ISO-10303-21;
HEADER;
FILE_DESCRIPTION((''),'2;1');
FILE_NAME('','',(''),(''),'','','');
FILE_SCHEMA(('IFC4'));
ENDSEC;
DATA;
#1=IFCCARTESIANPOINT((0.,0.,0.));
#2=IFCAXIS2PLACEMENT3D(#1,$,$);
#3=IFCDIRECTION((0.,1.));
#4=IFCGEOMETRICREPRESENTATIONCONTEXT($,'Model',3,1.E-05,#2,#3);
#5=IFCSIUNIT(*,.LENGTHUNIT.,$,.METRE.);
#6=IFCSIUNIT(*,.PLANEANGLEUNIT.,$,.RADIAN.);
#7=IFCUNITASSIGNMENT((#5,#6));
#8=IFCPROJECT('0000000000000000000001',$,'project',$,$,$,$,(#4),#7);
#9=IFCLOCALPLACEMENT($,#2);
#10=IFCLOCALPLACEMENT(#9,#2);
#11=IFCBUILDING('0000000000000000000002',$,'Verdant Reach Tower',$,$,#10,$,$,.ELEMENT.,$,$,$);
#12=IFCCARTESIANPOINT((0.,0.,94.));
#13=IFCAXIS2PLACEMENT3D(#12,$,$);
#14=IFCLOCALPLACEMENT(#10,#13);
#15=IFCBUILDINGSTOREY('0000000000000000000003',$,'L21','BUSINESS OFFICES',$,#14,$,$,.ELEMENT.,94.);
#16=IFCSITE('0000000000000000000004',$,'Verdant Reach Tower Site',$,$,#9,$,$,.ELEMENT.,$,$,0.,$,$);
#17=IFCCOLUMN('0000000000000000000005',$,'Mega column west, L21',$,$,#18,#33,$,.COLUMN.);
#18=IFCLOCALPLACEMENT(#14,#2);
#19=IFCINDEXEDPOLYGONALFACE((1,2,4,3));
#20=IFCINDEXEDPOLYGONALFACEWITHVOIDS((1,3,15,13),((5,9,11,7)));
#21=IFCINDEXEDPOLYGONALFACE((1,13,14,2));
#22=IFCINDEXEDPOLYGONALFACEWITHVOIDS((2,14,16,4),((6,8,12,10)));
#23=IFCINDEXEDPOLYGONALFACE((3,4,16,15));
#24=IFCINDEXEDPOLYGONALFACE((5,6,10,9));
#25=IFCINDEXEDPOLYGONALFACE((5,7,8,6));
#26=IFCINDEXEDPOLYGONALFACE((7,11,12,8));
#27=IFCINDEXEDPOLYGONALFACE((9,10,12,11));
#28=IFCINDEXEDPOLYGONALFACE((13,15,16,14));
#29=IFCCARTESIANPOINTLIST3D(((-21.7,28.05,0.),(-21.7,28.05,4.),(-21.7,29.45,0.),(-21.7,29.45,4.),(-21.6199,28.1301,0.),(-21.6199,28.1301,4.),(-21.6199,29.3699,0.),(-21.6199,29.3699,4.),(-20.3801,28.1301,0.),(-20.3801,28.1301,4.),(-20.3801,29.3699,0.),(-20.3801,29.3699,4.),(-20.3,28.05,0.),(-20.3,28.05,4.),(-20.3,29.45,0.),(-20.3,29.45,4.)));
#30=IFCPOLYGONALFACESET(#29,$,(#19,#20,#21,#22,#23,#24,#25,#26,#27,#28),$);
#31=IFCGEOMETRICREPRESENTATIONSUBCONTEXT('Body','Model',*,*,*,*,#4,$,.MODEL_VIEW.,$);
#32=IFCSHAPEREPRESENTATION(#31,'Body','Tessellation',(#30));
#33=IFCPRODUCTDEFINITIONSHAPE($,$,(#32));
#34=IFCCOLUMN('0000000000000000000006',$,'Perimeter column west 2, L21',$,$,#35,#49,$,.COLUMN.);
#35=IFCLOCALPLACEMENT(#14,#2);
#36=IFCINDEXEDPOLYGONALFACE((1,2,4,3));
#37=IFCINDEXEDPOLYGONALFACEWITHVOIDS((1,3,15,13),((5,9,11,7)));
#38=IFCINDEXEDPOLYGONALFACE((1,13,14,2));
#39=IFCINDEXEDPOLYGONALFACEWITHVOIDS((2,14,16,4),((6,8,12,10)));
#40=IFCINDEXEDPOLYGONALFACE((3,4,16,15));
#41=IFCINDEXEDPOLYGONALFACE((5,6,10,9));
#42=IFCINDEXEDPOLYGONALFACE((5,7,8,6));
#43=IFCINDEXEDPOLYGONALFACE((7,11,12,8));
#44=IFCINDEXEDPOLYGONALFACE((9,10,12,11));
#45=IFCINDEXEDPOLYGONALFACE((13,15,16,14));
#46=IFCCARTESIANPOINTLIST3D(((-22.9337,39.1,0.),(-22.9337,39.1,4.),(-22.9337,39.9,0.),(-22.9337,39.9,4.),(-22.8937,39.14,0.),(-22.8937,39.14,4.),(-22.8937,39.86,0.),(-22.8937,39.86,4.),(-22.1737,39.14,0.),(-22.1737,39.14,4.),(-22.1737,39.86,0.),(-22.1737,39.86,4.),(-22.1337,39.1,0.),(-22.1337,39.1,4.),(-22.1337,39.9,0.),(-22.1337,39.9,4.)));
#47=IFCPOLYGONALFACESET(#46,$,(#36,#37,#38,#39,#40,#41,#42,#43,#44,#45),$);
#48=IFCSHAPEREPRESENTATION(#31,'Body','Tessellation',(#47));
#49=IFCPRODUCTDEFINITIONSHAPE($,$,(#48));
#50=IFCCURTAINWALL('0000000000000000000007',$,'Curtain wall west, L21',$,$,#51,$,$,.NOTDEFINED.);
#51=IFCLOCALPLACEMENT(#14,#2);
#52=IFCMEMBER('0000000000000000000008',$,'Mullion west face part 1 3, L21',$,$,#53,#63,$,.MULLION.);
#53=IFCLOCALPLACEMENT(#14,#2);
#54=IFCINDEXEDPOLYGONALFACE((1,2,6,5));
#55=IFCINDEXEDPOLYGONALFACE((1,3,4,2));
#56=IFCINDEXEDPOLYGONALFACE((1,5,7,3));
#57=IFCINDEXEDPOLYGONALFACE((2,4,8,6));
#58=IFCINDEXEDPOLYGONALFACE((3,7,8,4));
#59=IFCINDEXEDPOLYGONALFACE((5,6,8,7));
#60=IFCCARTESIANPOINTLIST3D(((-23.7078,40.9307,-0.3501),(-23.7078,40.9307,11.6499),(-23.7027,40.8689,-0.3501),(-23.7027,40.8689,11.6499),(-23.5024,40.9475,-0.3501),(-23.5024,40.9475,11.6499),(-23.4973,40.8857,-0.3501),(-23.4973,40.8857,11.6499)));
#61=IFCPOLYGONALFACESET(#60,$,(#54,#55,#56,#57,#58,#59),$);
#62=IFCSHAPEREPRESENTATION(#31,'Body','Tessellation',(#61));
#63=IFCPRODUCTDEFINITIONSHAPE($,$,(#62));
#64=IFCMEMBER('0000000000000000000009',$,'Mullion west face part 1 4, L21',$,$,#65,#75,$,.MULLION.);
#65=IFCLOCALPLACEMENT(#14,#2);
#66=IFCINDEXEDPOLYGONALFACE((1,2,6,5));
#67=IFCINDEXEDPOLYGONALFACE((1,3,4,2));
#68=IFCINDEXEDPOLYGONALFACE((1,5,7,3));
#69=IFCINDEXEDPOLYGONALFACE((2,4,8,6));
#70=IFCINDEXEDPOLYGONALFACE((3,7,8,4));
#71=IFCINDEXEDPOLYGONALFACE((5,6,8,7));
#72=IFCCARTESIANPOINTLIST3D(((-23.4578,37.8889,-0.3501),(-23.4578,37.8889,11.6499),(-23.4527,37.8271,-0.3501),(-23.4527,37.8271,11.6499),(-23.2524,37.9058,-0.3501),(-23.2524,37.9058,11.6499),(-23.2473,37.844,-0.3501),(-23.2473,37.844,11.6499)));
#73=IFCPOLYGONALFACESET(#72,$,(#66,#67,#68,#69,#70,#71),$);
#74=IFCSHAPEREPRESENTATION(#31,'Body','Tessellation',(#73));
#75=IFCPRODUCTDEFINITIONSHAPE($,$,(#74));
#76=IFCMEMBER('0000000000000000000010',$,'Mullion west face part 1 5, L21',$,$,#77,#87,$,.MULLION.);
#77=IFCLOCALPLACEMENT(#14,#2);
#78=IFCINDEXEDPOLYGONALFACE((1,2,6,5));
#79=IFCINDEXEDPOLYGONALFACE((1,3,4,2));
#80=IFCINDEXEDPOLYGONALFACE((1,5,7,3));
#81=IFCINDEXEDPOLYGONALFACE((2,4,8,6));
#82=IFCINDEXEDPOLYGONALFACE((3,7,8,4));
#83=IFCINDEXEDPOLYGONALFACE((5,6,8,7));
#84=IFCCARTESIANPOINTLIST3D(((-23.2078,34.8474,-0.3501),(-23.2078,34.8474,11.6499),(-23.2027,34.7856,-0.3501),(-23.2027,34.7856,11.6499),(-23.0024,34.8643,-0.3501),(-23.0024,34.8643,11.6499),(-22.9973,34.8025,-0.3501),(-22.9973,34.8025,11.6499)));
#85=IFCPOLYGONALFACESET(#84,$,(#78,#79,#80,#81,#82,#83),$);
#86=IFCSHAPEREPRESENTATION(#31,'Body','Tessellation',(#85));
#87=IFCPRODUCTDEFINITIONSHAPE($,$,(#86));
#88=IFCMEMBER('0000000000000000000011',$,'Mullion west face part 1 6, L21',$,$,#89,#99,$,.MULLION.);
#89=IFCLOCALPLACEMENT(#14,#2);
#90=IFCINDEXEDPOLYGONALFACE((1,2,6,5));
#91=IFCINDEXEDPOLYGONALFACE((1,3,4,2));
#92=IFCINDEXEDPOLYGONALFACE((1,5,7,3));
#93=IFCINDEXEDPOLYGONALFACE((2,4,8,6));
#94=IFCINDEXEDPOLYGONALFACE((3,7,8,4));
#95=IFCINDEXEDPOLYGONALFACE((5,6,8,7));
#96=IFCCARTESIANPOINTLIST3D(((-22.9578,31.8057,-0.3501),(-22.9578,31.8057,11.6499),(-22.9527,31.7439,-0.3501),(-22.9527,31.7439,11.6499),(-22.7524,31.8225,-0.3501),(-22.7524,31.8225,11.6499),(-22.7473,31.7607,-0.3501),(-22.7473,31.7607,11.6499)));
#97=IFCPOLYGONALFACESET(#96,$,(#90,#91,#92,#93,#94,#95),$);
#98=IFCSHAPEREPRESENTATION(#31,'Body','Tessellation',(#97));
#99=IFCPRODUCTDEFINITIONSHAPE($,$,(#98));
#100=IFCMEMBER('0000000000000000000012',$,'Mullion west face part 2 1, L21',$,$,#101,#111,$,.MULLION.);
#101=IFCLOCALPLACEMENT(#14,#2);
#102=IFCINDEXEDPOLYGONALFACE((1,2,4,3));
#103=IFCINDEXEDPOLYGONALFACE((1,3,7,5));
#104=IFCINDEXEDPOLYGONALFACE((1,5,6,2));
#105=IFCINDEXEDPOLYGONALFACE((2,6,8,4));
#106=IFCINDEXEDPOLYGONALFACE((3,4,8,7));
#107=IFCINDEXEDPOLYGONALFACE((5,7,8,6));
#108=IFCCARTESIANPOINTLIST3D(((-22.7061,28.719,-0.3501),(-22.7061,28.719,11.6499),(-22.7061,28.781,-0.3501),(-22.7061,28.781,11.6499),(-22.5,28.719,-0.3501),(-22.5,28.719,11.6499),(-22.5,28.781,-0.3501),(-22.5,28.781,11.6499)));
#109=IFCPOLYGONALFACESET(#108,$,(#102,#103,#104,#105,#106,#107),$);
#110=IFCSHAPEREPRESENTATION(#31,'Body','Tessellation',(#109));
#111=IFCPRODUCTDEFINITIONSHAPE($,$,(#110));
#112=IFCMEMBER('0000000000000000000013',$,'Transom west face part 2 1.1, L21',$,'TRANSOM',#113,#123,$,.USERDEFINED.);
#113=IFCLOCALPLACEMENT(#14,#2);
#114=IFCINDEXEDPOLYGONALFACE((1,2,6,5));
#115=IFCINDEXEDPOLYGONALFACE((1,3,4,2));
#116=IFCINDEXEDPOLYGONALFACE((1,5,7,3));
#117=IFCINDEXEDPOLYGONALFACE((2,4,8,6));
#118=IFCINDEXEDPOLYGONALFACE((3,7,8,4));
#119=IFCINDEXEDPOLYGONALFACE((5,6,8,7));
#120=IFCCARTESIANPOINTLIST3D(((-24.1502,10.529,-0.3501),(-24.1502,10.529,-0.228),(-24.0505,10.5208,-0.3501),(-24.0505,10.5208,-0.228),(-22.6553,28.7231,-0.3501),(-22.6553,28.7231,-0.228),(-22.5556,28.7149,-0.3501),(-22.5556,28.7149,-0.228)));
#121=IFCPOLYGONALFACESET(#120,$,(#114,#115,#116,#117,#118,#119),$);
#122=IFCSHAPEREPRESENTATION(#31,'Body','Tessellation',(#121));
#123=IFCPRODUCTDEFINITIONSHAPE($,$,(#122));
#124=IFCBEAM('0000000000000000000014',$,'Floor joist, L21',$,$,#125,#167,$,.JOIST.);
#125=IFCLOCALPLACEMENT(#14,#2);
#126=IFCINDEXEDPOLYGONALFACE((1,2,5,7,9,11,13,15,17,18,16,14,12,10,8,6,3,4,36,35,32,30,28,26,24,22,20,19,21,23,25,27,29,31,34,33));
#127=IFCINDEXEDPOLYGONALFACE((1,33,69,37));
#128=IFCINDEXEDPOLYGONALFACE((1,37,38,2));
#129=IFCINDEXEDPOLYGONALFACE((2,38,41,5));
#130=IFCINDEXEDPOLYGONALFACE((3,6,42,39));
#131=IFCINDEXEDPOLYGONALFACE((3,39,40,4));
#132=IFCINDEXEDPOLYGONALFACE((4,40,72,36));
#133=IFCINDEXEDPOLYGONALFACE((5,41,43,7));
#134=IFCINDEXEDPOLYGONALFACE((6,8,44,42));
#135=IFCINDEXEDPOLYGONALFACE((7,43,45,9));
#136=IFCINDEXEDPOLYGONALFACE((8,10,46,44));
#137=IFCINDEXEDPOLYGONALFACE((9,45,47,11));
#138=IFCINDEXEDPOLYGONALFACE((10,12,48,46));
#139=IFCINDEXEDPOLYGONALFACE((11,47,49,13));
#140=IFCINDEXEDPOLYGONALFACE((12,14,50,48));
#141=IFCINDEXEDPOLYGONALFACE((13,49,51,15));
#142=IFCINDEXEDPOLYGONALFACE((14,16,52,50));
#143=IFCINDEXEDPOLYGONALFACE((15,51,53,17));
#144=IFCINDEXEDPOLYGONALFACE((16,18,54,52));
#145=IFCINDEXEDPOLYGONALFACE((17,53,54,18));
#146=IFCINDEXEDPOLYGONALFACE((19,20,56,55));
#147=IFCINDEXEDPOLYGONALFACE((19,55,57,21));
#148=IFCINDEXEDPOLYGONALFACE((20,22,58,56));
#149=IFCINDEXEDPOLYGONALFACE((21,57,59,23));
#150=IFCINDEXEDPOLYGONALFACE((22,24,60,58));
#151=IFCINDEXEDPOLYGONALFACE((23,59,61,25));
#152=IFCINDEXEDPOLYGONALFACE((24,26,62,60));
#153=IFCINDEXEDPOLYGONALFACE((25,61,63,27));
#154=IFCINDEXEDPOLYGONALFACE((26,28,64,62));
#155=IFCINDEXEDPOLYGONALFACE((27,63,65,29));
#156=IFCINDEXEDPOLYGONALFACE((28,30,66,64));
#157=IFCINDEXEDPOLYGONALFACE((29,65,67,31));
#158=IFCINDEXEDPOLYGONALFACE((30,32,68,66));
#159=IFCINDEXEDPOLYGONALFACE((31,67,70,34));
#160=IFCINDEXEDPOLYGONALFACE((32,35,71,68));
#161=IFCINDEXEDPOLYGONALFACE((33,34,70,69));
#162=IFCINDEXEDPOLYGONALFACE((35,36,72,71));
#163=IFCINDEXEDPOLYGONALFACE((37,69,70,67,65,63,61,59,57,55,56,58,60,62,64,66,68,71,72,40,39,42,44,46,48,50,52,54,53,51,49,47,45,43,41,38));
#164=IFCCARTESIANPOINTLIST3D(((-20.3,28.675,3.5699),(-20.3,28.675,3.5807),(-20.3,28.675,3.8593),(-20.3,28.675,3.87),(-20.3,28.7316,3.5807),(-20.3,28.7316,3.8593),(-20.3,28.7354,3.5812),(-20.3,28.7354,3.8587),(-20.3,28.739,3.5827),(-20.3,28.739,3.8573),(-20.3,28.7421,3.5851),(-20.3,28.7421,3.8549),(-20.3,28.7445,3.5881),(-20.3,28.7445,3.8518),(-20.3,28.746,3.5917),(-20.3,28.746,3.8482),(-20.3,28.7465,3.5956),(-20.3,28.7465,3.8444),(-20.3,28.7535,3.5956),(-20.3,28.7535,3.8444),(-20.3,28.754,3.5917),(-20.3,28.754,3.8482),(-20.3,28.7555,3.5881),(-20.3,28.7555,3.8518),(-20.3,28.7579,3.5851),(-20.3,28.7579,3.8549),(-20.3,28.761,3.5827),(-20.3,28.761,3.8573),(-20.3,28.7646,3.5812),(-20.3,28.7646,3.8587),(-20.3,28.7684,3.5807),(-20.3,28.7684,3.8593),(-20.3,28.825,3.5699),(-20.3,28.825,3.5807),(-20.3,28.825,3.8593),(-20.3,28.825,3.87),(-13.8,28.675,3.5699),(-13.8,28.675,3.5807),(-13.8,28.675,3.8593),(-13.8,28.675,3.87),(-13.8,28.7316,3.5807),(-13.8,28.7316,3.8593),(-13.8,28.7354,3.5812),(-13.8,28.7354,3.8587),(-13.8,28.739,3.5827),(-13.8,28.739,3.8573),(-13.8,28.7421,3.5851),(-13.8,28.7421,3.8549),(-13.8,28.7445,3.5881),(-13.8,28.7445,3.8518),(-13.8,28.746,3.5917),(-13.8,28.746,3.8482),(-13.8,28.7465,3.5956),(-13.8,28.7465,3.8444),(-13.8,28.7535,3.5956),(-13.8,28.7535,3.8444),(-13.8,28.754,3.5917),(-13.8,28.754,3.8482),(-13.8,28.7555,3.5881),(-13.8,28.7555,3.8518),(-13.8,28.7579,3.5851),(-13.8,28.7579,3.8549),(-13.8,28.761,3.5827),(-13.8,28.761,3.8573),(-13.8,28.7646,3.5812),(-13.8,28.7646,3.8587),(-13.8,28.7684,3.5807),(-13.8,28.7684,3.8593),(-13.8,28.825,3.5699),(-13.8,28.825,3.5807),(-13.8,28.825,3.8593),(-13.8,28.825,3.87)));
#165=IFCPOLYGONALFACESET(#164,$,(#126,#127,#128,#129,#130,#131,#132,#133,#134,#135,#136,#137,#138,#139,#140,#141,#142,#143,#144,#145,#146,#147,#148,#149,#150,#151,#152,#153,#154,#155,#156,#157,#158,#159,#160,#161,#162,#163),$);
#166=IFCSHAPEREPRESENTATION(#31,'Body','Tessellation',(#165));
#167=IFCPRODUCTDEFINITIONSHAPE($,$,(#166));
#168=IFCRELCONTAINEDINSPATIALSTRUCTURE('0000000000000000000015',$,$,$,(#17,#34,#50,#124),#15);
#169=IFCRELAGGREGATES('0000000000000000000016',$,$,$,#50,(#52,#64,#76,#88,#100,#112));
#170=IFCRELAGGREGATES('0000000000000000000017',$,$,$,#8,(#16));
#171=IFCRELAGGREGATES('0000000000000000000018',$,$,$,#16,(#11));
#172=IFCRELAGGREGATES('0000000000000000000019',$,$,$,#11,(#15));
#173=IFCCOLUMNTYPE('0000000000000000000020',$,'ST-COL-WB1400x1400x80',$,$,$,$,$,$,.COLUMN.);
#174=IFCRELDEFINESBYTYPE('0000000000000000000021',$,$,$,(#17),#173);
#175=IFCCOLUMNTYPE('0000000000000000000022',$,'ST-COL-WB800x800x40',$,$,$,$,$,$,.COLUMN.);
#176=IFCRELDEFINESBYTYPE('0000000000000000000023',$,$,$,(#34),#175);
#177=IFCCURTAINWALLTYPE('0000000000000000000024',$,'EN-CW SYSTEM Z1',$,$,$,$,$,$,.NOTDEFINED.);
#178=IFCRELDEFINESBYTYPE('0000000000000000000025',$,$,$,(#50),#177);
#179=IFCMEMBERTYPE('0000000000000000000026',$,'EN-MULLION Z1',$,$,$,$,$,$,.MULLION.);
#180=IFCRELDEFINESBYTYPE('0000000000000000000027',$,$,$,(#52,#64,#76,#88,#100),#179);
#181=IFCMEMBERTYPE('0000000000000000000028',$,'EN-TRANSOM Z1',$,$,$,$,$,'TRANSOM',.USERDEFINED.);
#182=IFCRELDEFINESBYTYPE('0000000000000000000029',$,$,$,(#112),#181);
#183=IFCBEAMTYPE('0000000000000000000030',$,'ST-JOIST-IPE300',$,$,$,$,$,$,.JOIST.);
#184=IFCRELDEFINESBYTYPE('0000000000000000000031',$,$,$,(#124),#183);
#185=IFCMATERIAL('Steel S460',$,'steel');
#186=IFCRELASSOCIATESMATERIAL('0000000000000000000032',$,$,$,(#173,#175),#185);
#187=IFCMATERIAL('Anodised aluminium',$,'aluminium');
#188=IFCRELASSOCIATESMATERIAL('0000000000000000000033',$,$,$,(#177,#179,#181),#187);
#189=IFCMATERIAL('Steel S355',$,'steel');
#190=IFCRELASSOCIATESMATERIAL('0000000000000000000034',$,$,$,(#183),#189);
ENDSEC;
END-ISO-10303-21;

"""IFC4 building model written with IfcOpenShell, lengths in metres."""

from ifc_helpers import new_model, si_unit, direction, frame, origin, origin_2d, place, context, subcontext, project, spatial, rectangle, hollow_rectangle, i_section, extrude, material, material_profile, profile_set, type_object, element, aggregate, save


model = new_model("IFC4")

# Units and contexts
model_context = context("Model", 3, precision=1e-05, world=origin(), true_north=direction((0.0, 1.0)))
body_context = subcontext(model_context, "Body", "Model", "MODEL_VIEW")
ifc_project = project(units=[si_unit("LENGTHUNIT", "METRE"), si_unit("PLANEANGLEUNIT", "RADIAN")], contexts=[model_context])

# Site, building, storey
site_placement = place(None, origin())
site = spatial("IfcSite", under=ifc_project, at=site_placement, Name="Verdant Reach Tower Site", CompositionType="ELEMENT", RefElevation=0.0)
building_placement = place(site_placement, origin())
building = spatial("IfcBuilding", under=site, at=building_placement, Name="Verdant Reach Tower", CompositionType="ELEMENT")
storey_placement = place(building_placement, frame((0.0, 0.0, 94.0)))
storey = spatial("IfcBuildingStorey", under=building, at=storey_placement, Name="L21", Description="BUSINESS OFFICES", CompositionType="ELEMENT", Elevation=94.0)

# Columns
ifc_material_1 = material(Name="Steel S460", Category="steel")
ifc_material_profile_1 = material_profile(ifc_material_1, hollow_rectangle(XDim=1.3999, YDim=1.3999, WallThickness=0.0801, at=origin_2d()), Name="WB 1400x1400x80")
ifc_profile_set_1 = profile_set([ifc_material_profile_1], Name="Steel S460")
column_type_1 = type_object("IfcColumnType", Name="ST-COL-WB1400x1400x80", PredefinedType="COLUMN", material=ifc_profile_set_1)
column_1_placement = place(storey_placement, frame((-21.0, 28.75, 0.0), z_axis=(0.0, 0.0, 1.0), x_axis=(1.0, 0.0, 0.0)))
element("IfcColumn", 1, at=column_1_placement, inside=storey, type_object=column_type_1, Name="Mega column west, L21", PredefinedType="COLUMN", context=body_context, shape_type="SweptSolid", body=[
    extrude(hollow_rectangle(XDim=1.3999, YDim=1.3999, WallThickness=0.0801, at=origin_2d()), origin(), (0.0, 0.0, 1.0), 4.0),
])
ifc_material_profile_2 = material_profile(ifc_material_1, hollow_rectangle(XDim=0.8, YDim=0.8, WallThickness=0.04, at=origin_2d()), Name="WB 800x800x40")
ifc_profile_set_2 = profile_set([ifc_material_profile_2], Name="Steel S460")
column_type_2 = type_object("IfcColumnType", Name="ST-COL-WB800x800x40", PredefinedType="COLUMN", material=ifc_profile_set_2)
column_2_placement = place(storey_placement, frame((-22.5337, 39.5, 0.0), z_axis=(0.0, 0.0, 1.0), x_axis=(1.0, 0.0, 0.0)))
element("IfcColumn", 2, at=column_2_placement, inside=storey, type_object=column_type_2, Name="Perimeter column west 2, L21", PredefinedType="COLUMN", context=body_context, shape_type="SweptSolid", body=[
    extrude(hollow_rectangle(XDim=0.8, YDim=0.8, WallThickness=0.04, at=origin_2d()), origin(), (0.0, 0.0, 1.0), 4.0),
])

# Curtain wall, members
ifc_material_2 = material(Name="Anodised aluminium", Category="aluminium")
curtain_wall_type = type_object("IfcCurtainWallType", Name="EN-CW SYSTEM Z1", PredefinedType="NOTDEFINED", material=ifc_material_2)
curtain_wall_placement = place(storey_placement, origin())
curtain_wall = element("IfcCurtainWall", 3, at=curtain_wall_placement, inside=storey, type_object=curtain_wall_type, Name="Curtain wall west, L21", PredefinedType="NOTDEFINED")
ifc_material_profile_3 = material_profile(ifc_material_2, rectangle(XDim=0.2061, YDim=0.062, at=origin_2d()), Name="Mullion 62x206")
ifc_profile_set_3 = profile_set([ifc_material_profile_3], Name="Anodised aluminium")
member_type_1 = type_object("IfcMemberType", Name="EN-MULLION Z1", PredefinedType="MULLION", material=ifc_profile_set_3)
member_1_placement = place(storey_placement, frame((-23.6025, 40.9082, -0.3501), z_axis=(0.0, 0.0, 1.0), x_axis=(-0.996639, -0.081916, 0.0)))
member_1 = element("IfcMember", 4, at=member_1_placement, type_object=member_type_1, Name="Mullion west face part 1 3, L21", PredefinedType="MULLION", context=body_context, shape_type="SweptSolid", body=[
    extrude(rectangle(XDim=0.2061, YDim=0.062, at=origin_2d()), origin(), (0.0, 0.0, 1.0), 12.0),
])
member_2_placement = place(storey_placement, frame((-23.3525, 37.8665, -0.3501), z_axis=(0.0, 0.0, 1.0), x_axis=(-0.996639, -0.081916, 0.0)))
member_2 = element("IfcMember", 5, at=member_2_placement, type_object=member_type_1, Name="Mullion west face part 1 4, L21", PredefinedType="MULLION", context=body_context, shape_type="SweptSolid", body=[
    extrude(rectangle(XDim=0.2061, YDim=0.062, at=origin_2d()), origin(), (0.0, 0.0, 1.0), 12.0),
])
member_3_placement = place(storey_placement, frame((-23.1025, 34.825, -0.3501), z_axis=(0.0, 0.0, 1.0), x_axis=(-0.996639, -0.081916, 0.0)))
member_3 = element("IfcMember", 6, at=member_3_placement, type_object=member_type_1, Name="Mullion west face part 1 5, L21", PredefinedType="MULLION", context=body_context, shape_type="SweptSolid", body=[
    extrude(rectangle(XDim=0.2061, YDim=0.062, at=origin_2d()), origin(), (0.0, 0.0, 1.0), 12.0),
])
member_4_placement = place(storey_placement, frame((-22.8525, 31.7832, -0.3501), z_axis=(0.0, 0.0, 1.0), x_axis=(-0.996639, -0.081916, 0.0)))
member_4 = element("IfcMember", 7, at=member_4_placement, type_object=member_type_1, Name="Mullion west face part 1 6, L21", PredefinedType="MULLION", context=body_context, shape_type="SweptSolid", body=[
    extrude(rectangle(XDim=0.2061, YDim=0.062, at=origin_2d()), origin(), (0.0, 0.0, 1.0), 12.0),
])
member_5_placement = place(storey_placement, frame((-22.603, 28.75, -0.3501), z_axis=(0.0, 0.0, 1.0), x_axis=(-1.0, 0.0, 0.0)))
member_5 = element("IfcMember", 8, at=member_5_placement, type_object=member_type_1, Name="Mullion west face part 2 1, L21", PredefinedType="MULLION", context=body_context, shape_type="SweptSolid", body=[
    extrude(rectangle(XDim=0.2061, YDim=0.062, at=origin_2d()), origin(), (0.0, 0.0, 1.0), 12.0),
])
ifc_material_profile_4 = material_profile(ifc_material_2, rectangle(XDim=0.1001, YDim=0.1221, at=origin_2d()), Name="Transom 122x100")
ifc_profile_set_4 = profile_set([ifc_material_profile_4], Name="Anodised aluminium")
member_type_2 = type_object("IfcMemberType", Name="EN-TRANSOM Z1", ElementType="TRANSOM", PredefinedType="USERDEFINED", material=ifc_profile_set_4)
member_6_placement = place(storey_placement, frame((-22.6055, 28.719, -0.2891), z_axis=(-0.081887, -0.996642, 0.0), x_axis=(0.996642, -0.081887, 0.0)))
member_6 = element("IfcMember", 9, at=member_6_placement, type_object=member_type_2, Name="Transom west face part 2 1.1, L21", ObjectType="TRANSOM", PredefinedType="USERDEFINED", context=body_context, shape_type="SweptSolid", body=[
    extrude(rectangle(XDim=0.1001, YDim=0.1221, at=origin_2d()), origin(), (0.0, 0.0, 1.0), 18.2554),
])

# Beam
ifc_material_3 = material(Name="Steel S355", Category="steel")
ifc_material_profile_5 = material_profile(ifc_material_3, i_section(OverallWidth=0.1499, OverallDepth=0.3, WebThickness=0.0071, FlangeThickness=0.0107, FilletRadius=0.0149, at=origin_2d()), Name="IPE 300")
ifc_profile_set_5 = profile_set([ifc_material_profile_5], Name="Steel S355")
beam_type_1 = type_object("IfcBeamType", Name="ST-JOIST-IPE300", PredefinedType="JOIST", material=ifc_profile_set_5)
beam_1_placement = place(storey_placement, frame((-13.8, 28.75, 3.72), z_axis=(-1.0, 0.0, 0.0), x_axis=(0.0, -1.0, 0.0)))
element("IfcBeam", 10, at=beam_1_placement, inside=storey, type_object=beam_type_1, Name="Floor joist, L21", PredefinedType="JOIST", context=body_context, shape_type="SweptSolid", body=[
    extrude(i_section(OverallWidth=0.1499, OverallDepth=0.3, WebThickness=0.0071, FlangeThickness=0.0107, FilletRadius=0.0149, at=origin_2d()), origin(), (0.0, 0.0, 1.0), 6.5),
])

aggregate(curtain_wall, [member_1, member_2, member_3, member_4, member_5, member_6])

save(model, "model.ifc")
